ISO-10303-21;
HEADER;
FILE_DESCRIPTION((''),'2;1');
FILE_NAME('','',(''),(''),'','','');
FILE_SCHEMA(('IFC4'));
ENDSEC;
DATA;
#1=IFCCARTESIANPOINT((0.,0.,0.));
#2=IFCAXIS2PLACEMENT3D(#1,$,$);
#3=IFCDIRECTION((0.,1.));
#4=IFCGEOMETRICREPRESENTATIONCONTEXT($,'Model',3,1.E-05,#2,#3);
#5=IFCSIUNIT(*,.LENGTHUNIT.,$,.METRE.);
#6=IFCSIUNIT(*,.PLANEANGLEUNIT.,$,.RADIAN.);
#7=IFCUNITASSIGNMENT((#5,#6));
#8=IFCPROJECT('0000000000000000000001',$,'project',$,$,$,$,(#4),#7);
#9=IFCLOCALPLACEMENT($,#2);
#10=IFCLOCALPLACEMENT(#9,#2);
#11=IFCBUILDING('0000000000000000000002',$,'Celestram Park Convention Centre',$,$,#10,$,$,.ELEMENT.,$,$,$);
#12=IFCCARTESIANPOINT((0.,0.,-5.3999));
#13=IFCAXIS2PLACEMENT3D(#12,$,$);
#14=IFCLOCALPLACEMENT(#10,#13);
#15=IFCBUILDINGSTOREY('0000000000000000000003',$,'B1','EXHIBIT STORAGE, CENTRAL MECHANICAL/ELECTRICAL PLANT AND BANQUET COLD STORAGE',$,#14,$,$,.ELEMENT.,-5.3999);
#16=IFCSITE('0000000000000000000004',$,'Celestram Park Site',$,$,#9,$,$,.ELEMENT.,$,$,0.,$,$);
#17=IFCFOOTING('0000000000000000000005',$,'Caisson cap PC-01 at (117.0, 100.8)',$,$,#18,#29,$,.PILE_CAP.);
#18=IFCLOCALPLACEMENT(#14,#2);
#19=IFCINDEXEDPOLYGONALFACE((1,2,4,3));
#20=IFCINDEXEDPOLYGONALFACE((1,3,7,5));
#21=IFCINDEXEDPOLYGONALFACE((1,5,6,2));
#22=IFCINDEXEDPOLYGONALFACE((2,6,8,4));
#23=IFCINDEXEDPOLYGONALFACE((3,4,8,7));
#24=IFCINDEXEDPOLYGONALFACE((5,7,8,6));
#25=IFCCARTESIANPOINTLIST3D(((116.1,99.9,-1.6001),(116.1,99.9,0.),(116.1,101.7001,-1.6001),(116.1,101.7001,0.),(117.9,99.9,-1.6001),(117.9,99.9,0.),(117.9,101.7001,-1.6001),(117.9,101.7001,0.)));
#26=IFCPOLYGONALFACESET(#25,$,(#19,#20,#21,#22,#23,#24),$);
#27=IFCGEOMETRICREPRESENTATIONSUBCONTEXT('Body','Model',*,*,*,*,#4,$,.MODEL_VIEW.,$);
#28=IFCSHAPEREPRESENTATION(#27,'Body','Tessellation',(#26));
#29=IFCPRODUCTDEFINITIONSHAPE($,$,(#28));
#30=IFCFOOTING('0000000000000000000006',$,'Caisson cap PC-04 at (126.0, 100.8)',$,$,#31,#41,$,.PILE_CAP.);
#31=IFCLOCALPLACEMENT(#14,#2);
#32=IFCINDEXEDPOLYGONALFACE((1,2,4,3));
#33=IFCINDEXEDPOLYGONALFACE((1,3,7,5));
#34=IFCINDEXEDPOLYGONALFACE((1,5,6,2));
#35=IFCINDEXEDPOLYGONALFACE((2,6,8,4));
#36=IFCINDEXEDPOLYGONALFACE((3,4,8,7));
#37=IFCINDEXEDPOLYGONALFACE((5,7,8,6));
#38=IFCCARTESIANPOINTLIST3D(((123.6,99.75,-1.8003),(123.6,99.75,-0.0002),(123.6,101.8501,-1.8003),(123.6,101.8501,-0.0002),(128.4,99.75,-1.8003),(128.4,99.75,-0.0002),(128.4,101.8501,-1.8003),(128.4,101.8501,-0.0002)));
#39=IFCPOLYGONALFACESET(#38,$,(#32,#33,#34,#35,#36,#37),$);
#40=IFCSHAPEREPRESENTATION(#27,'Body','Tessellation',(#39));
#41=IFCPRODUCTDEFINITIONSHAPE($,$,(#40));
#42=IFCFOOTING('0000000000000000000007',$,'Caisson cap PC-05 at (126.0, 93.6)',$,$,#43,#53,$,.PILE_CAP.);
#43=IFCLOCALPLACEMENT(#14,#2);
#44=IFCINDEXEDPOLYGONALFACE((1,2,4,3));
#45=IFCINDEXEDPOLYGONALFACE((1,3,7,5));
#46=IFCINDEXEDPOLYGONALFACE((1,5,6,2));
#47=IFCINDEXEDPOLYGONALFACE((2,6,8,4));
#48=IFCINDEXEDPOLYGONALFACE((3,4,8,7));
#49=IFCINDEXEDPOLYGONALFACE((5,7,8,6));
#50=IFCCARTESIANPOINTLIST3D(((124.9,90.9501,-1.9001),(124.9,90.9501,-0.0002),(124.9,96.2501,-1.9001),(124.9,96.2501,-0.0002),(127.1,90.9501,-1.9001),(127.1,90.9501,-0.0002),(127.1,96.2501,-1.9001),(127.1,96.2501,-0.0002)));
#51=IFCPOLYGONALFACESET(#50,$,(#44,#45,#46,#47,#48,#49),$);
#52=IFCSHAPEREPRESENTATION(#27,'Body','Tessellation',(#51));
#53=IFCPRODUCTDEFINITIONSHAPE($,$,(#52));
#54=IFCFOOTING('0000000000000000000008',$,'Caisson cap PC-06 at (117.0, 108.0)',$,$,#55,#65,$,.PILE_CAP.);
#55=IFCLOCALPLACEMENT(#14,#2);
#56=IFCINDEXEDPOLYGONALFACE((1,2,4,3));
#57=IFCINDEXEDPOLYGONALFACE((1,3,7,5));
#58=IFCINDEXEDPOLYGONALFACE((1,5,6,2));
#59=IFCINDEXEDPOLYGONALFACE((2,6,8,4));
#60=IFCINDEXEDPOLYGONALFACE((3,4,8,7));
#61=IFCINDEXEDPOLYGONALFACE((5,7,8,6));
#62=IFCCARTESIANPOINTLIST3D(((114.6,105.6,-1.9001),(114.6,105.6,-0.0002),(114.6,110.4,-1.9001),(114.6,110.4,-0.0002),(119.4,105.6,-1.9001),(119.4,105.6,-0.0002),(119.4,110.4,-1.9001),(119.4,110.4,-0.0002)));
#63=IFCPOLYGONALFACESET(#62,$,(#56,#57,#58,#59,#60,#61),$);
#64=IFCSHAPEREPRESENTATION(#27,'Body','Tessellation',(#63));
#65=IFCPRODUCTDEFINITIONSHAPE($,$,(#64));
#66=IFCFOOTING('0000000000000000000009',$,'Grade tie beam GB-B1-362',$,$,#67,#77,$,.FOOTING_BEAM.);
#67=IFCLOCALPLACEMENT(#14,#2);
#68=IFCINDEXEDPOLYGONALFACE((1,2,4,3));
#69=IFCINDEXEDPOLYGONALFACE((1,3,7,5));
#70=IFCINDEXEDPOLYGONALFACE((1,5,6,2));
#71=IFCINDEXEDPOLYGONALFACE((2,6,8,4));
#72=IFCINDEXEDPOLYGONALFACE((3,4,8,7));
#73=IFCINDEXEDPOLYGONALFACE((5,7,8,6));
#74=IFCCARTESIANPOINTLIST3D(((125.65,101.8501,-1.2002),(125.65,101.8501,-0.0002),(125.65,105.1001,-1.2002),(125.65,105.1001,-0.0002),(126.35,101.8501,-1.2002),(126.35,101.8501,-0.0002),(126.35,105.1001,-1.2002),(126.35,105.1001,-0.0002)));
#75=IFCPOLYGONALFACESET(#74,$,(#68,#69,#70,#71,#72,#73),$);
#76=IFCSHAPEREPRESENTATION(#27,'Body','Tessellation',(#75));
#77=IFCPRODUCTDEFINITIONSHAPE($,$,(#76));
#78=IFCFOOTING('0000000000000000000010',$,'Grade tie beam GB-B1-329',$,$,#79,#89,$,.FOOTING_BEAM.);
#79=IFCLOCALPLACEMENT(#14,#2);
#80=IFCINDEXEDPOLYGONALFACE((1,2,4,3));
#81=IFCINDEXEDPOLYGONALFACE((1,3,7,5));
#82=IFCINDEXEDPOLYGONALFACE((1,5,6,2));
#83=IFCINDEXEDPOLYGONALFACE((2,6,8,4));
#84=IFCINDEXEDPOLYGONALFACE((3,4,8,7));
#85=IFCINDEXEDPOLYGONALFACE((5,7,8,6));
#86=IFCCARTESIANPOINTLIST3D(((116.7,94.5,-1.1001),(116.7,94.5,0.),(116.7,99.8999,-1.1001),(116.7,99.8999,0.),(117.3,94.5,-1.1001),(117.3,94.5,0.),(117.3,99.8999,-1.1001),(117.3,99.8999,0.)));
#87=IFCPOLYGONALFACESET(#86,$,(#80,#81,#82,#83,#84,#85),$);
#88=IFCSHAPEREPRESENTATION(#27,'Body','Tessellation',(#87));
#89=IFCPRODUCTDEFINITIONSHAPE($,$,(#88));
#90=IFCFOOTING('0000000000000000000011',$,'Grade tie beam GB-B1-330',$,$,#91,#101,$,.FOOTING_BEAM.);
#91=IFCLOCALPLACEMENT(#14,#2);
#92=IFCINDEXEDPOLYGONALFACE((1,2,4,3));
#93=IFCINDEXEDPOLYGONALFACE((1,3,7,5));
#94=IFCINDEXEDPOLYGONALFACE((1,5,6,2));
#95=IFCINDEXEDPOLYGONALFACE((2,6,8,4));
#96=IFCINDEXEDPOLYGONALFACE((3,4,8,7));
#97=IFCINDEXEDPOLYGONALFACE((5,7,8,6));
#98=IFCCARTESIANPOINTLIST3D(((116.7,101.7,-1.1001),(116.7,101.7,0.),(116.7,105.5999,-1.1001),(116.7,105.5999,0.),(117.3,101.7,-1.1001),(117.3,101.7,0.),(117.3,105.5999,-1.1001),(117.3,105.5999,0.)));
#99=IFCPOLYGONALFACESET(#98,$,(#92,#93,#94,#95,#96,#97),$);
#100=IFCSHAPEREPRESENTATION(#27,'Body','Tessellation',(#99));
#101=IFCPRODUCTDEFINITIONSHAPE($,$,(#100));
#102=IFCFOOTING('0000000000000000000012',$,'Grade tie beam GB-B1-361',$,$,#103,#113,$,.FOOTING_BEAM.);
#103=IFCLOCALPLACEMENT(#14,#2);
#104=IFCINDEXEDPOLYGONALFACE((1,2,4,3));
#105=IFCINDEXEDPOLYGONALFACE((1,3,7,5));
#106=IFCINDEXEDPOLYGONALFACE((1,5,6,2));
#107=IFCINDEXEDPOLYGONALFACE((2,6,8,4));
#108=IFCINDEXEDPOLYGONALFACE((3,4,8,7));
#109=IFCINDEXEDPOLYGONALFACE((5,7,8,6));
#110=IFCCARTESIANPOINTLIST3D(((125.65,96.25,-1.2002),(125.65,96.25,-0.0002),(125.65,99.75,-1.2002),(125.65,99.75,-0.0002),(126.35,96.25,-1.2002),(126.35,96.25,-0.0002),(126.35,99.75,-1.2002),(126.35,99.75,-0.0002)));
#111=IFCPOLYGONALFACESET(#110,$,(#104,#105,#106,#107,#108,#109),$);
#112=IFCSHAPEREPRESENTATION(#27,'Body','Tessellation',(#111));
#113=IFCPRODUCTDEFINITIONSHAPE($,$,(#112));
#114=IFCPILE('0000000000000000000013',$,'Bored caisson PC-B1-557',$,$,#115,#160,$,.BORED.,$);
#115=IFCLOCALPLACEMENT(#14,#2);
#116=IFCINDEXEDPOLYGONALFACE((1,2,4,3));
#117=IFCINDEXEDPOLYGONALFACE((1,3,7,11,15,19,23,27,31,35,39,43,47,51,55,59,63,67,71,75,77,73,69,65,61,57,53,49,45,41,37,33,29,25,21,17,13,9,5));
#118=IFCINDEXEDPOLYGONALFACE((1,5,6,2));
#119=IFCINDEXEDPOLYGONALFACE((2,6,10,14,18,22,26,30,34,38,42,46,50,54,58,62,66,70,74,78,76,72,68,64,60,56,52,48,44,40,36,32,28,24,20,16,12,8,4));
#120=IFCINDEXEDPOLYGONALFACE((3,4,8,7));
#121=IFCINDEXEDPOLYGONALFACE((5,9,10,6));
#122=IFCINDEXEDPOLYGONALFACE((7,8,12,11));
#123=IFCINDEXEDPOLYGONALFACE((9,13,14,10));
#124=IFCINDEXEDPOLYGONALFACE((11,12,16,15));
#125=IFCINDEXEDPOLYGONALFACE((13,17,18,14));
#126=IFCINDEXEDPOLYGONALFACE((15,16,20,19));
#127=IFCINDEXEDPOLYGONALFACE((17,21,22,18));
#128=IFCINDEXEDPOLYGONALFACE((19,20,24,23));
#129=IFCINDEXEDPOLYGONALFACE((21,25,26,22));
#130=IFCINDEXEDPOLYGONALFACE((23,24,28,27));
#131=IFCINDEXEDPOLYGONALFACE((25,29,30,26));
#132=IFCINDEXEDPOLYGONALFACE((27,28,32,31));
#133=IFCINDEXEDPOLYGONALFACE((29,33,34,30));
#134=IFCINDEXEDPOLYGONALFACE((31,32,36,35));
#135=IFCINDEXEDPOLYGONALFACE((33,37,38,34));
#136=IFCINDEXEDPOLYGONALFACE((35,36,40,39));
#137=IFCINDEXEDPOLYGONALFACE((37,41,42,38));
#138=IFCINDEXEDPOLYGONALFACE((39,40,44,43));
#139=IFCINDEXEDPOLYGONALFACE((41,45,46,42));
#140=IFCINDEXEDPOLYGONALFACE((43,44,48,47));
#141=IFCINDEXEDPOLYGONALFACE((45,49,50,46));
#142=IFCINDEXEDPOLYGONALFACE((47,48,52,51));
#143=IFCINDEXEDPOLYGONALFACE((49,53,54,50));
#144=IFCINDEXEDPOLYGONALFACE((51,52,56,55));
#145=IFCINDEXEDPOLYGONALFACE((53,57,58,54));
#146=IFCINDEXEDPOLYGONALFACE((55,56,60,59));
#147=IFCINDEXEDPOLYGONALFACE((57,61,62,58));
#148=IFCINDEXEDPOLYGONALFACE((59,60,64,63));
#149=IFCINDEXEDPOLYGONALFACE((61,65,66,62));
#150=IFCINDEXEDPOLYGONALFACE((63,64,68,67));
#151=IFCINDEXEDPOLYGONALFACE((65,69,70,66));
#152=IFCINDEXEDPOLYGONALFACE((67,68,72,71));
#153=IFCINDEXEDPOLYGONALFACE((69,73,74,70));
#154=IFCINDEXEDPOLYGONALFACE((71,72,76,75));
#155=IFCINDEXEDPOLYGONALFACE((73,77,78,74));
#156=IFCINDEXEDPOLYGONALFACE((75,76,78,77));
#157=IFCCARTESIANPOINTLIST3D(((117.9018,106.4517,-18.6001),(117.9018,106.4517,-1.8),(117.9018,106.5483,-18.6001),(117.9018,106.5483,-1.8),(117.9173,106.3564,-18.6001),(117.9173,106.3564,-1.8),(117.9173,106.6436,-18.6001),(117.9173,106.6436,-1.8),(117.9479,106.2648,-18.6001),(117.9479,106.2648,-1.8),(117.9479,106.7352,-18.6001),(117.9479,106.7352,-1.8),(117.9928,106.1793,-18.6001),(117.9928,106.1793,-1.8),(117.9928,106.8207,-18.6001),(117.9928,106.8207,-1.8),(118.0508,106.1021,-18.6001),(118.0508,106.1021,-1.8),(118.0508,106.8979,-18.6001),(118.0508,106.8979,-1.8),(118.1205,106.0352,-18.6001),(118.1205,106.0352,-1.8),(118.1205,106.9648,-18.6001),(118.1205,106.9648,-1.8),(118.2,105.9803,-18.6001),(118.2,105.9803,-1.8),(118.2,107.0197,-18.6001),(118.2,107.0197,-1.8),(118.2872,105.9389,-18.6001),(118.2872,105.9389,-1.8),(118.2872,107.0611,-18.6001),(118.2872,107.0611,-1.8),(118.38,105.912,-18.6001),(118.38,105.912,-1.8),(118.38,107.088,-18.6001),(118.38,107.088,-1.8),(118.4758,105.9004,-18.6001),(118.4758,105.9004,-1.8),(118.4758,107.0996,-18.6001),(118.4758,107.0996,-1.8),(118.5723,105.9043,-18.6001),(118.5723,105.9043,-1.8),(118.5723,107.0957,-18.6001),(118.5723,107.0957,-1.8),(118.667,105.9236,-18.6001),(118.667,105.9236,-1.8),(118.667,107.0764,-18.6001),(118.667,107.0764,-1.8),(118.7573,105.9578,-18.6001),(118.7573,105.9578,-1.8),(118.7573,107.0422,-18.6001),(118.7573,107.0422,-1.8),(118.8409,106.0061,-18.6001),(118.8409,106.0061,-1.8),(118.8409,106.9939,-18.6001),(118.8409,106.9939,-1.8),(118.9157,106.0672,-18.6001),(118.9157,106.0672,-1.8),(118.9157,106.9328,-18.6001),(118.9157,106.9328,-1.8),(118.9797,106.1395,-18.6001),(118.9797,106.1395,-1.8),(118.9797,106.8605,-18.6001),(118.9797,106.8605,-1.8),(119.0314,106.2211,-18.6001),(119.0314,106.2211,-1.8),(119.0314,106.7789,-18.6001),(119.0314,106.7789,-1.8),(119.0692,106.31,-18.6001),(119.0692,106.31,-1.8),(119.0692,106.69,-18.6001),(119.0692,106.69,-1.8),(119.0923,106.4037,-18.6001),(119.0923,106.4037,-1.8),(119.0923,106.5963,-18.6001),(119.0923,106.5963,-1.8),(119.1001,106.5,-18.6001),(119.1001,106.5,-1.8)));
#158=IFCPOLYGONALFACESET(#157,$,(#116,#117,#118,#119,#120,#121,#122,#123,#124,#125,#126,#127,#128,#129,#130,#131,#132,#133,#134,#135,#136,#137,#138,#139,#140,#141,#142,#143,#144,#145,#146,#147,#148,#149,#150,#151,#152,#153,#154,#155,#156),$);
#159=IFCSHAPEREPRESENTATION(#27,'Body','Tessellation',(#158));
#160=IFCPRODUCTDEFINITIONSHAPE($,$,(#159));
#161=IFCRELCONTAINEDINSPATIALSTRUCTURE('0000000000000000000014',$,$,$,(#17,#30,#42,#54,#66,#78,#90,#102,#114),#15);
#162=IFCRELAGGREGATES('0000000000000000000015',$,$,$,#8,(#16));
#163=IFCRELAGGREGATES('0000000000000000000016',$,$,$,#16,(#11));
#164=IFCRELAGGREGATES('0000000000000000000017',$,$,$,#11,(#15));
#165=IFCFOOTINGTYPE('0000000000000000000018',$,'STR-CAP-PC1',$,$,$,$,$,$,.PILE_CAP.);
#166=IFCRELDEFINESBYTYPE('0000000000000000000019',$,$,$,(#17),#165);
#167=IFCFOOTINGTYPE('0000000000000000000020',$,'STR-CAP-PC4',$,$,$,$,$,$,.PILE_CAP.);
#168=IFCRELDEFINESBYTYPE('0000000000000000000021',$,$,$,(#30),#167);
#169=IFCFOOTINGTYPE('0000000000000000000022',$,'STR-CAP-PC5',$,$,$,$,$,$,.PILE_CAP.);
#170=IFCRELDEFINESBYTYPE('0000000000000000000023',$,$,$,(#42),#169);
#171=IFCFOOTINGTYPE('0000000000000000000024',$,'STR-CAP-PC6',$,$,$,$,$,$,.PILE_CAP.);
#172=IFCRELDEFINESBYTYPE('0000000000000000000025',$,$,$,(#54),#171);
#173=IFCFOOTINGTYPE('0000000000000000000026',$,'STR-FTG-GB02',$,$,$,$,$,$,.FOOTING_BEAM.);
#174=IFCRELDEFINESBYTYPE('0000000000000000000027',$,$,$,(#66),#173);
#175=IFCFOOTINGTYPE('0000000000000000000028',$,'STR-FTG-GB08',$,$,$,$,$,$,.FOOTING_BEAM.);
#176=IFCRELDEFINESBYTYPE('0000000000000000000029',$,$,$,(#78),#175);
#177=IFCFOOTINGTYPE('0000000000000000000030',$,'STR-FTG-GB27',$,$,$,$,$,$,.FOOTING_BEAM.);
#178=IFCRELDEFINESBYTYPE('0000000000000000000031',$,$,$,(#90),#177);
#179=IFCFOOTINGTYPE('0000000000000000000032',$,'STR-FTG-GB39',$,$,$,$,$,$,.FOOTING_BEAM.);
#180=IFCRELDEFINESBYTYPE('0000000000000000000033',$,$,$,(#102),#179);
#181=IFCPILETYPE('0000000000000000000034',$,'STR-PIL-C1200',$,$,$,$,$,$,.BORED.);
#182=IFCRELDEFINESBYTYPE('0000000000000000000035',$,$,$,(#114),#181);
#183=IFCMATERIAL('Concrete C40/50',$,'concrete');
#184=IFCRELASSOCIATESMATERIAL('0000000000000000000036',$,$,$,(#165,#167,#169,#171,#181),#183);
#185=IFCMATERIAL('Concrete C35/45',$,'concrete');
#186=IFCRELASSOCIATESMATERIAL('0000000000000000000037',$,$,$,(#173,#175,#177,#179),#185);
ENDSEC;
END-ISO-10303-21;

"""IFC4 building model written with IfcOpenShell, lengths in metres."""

from ifc_helpers import new_model, si_unit, direction, frame, origin, origin_2d, place, context, subcontext, project, spatial, rectangle, circle, extrude, material, material_profile, profile_set, type_object, element, save


model = new_model("IFC4")

# Units and contexts
model_context = context("Model", 3, precision=1e-05, world=origin(), true_north=direction((0.0, 1.0)))
body_context = subcontext(model_context, "Body", "Model", "MODEL_VIEW")
ifc_project = project(units=[si_unit("LENGTHUNIT", "METRE"), si_unit("PLANEANGLEUNIT", "RADIAN")], contexts=[model_context])

# Site, building, storey
site_placement = place(None, origin())
site = spatial("IfcSite", under=ifc_project, at=site_placement, Name="Celestram Park Site", CompositionType="ELEMENT", RefElevation=0.0)
building_placement = place(site_placement, origin())
building = spatial("IfcBuilding", under=site, at=building_placement, Name="Celestram Park Convention Centre", CompositionType="ELEMENT")
storey_placement = place(building_placement, frame((0.0, 0.0, -5.3999)))
storey = spatial("IfcBuildingStorey", under=building, at=storey_placement, Name="B1", Description="EXHIBIT STORAGE, CENTRAL MECHANICAL/ELECTRICAL PLANT AND BANQUET COLD STORAGE", CompositionType="ELEMENT", Elevation=-5.3999)

# Footings
ifc_material_1 = material(Name="Concrete C40/50", Category="concrete")
footing_type_1 = type_object("IfcFootingType", Name="STR-CAP-PC1", PredefinedType="PILE_CAP", material=ifc_material_1)
footing_1_placement = place(storey_placement, frame((117.0, 100.8, -1.6001), z_axis=(0.0, 0.0, 1.0), x_axis=(1.0, 0.0, 0.0)))
element("IfcFooting", 1, at=footing_1_placement, inside=storey, type_object=footing_type_1, Name="Caisson cap PC-01 at (117.0, 100.8)", PredefinedType="PILE_CAP", context=body_context, shape_type="SweptSolid", body=[
    extrude(rectangle(XDim=1.8, YDim=1.8, at=origin_2d()), origin(), (0.0, 0.0, 1.0), 1.6001),
])
footing_type_2 = type_object("IfcFootingType", Name="STR-CAP-PC4", PredefinedType="PILE_CAP", material=ifc_material_1)
footing_2_placement = place(storey_placement, frame((126.0, 100.8, -1.8003), z_axis=(0.0, 0.0, 1.0), x_axis=(1.0, 0.0, 0.0)))
element("IfcFooting", 2, at=footing_2_placement, inside=storey, type_object=footing_type_2, Name="Caisson cap PC-04 at (126.0, 100.8)", PredefinedType="PILE_CAP", context=body_context, shape_type="SweptSolid", body=[
    extrude(rectangle(XDim=4.8, YDim=2.1001, at=origin_2d()), origin(), (0.0, 0.0, 1.0), 1.8),
])
footing_type_3 = type_object("IfcFootingType", Name="STR-CAP-PC5", PredefinedType="PILE_CAP", material=ifc_material_1)
footing_3_placement = place(storey_placement, frame((126.0, 93.6001, -1.9001), z_axis=(0.0, 0.0, 1.0), x_axis=(1.0, 0.0, 0.0)))
element("IfcFooting", 3, at=footing_3_placement, inside=storey, type_object=footing_type_3, Name="Caisson cap PC-05 at (126.0, 93.6)", PredefinedType="PILE_CAP", context=body_context, shape_type="SweptSolid", body=[
    extrude(rectangle(XDim=2.2, YDim=5.3, at=origin_2d()), origin(), (0.0, 0.0, 1.0), 1.8999),
])
footing_type_4 = type_object("IfcFootingType", Name="STR-CAP-PC6", PredefinedType="PILE_CAP", material=ifc_material_1)
footing_4_placement = place(storey_placement, frame((117.0, 108.0, -1.9001), z_axis=(0.0, 0.0, 1.0), x_axis=(1.0, 0.0, 0.0)))
element("IfcFooting", 4, at=footing_4_placement, inside=storey, type_object=footing_type_4, Name="Caisson cap PC-06 at (117.0, 108.0)", PredefinedType="PILE_CAP", context=body_context, shape_type="SweptSolid", body=[
    extrude(rectangle(XDim=4.8, YDim=4.8, at=origin_2d()), origin(), (0.0, 0.0, 1.0), 1.8999),
])
ifc_material_2 = material(Name="Concrete C35/45", Category="concrete")
footing_type_5 = type_object("IfcFootingType", Name="STR-FTG-GB02", PredefinedType="FOOTING_BEAM", material=ifc_material_2)
footing_5_placement = place(storey_placement, frame((126.0, 103.4751, -1.2002), z_axis=(0.0, 0.0, 1.0), x_axis=(0.0, 1.0, 0.0)))
element("IfcFooting", 5, at=footing_5_placement, inside=storey, type_object=footing_type_5, Name="Grade tie beam GB-B1-362", PredefinedType="FOOTING_BEAM", context=body_context, shape_type="SweptSolid", body=[
    extrude(rectangle(XDim=3.25, YDim=0.7, at=origin_2d()), origin(), (0.0, 0.0, 1.0), 1.2),
])
footing_type_6 = type_object("IfcFootingType", Name="STR-FTG-GB08", PredefinedType="FOOTING_BEAM", material=ifc_material_2)
footing_6_placement = place(storey_placement, frame((117.0, 97.2, -1.1001), z_axis=(0.0, 0.0, 1.0), x_axis=(0.0, 1.0, 0.0)))
element("IfcFooting", 6, at=footing_6_placement, inside=storey, type_object=footing_type_6, Name="Grade tie beam GB-B1-329", PredefinedType="FOOTING_BEAM", context=body_context, shape_type="SweptSolid", body=[
    extrude(rectangle(XDim=5.3999, YDim=0.6001, at=origin_2d()), origin(), (0.0, 0.0, 1.0), 1.1001),
])
footing_type_7 = type_object("IfcFootingType", Name="STR-FTG-GB27", PredefinedType="FOOTING_BEAM", material=ifc_material_2)
footing_7_placement = place(storey_placement, frame((117.0, 103.6499, -1.1001), z_axis=(0.0, 0.0, 1.0), x_axis=(0.0, 1.0, 0.0)))
element("IfcFooting", 7, at=footing_7_placement, inside=storey, type_object=footing_type_7, Name="Grade tie beam GB-B1-330", PredefinedType="FOOTING_BEAM", context=body_context, shape_type="SweptSolid", body=[
    extrude(rectangle(XDim=3.8999, YDim=0.6001, at=origin_2d()), origin(), (0.0, 0.0, 1.0), 1.1001),
])
footing_type_8 = type_object("IfcFootingType", Name="STR-FTG-GB39", PredefinedType="FOOTING_BEAM", material=ifc_material_2)
footing_8_placement = place(storey_placement, frame((126.0, 98.0, -1.2002), z_axis=(0.0, 0.0, 1.0), x_axis=(0.0, 1.0, 0.0)))
element("IfcFooting", 8, at=footing_8_placement, inside=storey, type_object=footing_type_8, Name="Grade tie beam GB-B1-361", PredefinedType="FOOTING_BEAM", context=body_context, shape_type="SweptSolid", body=[
    extrude(rectangle(XDim=3.5, YDim=0.7, at=origin_2d()), origin(), (0.0, 0.0, 1.0), 1.2),
])

# Pile
ifc_material_profile_1 = material_profile(ifc_material_1, circle(Radius=0.6001, at=origin_2d()), Name="CAISSON1200")
ifc_profile_set_1 = profile_set([ifc_material_profile_1], Name="Concrete C40/50")
pile_type_1 = type_object("IfcPileType", Name="STR-PIL-C1200", PredefinedType="BORED", material=ifc_profile_set_1)
pile_1_placement = place(storey_placement, frame((118.5, 106.5, -1.8), z_axis=(0.0, 0.0, -1.0), x_axis=(1.0, 0.0, 0.0)))
element("IfcPile", 9, at=pile_1_placement, inside=storey, type_object=pile_type_1, Name="Bored caisson PC-B1-557", PredefinedType="BORED", context=body_context, shape_type="SweptSolid", body=[
    extrude(circle(Radius=0.6001, at=origin_2d()), origin(), (0.0, 0.0, 1.0), 16.8),
])

save(model, "model.ifc")
